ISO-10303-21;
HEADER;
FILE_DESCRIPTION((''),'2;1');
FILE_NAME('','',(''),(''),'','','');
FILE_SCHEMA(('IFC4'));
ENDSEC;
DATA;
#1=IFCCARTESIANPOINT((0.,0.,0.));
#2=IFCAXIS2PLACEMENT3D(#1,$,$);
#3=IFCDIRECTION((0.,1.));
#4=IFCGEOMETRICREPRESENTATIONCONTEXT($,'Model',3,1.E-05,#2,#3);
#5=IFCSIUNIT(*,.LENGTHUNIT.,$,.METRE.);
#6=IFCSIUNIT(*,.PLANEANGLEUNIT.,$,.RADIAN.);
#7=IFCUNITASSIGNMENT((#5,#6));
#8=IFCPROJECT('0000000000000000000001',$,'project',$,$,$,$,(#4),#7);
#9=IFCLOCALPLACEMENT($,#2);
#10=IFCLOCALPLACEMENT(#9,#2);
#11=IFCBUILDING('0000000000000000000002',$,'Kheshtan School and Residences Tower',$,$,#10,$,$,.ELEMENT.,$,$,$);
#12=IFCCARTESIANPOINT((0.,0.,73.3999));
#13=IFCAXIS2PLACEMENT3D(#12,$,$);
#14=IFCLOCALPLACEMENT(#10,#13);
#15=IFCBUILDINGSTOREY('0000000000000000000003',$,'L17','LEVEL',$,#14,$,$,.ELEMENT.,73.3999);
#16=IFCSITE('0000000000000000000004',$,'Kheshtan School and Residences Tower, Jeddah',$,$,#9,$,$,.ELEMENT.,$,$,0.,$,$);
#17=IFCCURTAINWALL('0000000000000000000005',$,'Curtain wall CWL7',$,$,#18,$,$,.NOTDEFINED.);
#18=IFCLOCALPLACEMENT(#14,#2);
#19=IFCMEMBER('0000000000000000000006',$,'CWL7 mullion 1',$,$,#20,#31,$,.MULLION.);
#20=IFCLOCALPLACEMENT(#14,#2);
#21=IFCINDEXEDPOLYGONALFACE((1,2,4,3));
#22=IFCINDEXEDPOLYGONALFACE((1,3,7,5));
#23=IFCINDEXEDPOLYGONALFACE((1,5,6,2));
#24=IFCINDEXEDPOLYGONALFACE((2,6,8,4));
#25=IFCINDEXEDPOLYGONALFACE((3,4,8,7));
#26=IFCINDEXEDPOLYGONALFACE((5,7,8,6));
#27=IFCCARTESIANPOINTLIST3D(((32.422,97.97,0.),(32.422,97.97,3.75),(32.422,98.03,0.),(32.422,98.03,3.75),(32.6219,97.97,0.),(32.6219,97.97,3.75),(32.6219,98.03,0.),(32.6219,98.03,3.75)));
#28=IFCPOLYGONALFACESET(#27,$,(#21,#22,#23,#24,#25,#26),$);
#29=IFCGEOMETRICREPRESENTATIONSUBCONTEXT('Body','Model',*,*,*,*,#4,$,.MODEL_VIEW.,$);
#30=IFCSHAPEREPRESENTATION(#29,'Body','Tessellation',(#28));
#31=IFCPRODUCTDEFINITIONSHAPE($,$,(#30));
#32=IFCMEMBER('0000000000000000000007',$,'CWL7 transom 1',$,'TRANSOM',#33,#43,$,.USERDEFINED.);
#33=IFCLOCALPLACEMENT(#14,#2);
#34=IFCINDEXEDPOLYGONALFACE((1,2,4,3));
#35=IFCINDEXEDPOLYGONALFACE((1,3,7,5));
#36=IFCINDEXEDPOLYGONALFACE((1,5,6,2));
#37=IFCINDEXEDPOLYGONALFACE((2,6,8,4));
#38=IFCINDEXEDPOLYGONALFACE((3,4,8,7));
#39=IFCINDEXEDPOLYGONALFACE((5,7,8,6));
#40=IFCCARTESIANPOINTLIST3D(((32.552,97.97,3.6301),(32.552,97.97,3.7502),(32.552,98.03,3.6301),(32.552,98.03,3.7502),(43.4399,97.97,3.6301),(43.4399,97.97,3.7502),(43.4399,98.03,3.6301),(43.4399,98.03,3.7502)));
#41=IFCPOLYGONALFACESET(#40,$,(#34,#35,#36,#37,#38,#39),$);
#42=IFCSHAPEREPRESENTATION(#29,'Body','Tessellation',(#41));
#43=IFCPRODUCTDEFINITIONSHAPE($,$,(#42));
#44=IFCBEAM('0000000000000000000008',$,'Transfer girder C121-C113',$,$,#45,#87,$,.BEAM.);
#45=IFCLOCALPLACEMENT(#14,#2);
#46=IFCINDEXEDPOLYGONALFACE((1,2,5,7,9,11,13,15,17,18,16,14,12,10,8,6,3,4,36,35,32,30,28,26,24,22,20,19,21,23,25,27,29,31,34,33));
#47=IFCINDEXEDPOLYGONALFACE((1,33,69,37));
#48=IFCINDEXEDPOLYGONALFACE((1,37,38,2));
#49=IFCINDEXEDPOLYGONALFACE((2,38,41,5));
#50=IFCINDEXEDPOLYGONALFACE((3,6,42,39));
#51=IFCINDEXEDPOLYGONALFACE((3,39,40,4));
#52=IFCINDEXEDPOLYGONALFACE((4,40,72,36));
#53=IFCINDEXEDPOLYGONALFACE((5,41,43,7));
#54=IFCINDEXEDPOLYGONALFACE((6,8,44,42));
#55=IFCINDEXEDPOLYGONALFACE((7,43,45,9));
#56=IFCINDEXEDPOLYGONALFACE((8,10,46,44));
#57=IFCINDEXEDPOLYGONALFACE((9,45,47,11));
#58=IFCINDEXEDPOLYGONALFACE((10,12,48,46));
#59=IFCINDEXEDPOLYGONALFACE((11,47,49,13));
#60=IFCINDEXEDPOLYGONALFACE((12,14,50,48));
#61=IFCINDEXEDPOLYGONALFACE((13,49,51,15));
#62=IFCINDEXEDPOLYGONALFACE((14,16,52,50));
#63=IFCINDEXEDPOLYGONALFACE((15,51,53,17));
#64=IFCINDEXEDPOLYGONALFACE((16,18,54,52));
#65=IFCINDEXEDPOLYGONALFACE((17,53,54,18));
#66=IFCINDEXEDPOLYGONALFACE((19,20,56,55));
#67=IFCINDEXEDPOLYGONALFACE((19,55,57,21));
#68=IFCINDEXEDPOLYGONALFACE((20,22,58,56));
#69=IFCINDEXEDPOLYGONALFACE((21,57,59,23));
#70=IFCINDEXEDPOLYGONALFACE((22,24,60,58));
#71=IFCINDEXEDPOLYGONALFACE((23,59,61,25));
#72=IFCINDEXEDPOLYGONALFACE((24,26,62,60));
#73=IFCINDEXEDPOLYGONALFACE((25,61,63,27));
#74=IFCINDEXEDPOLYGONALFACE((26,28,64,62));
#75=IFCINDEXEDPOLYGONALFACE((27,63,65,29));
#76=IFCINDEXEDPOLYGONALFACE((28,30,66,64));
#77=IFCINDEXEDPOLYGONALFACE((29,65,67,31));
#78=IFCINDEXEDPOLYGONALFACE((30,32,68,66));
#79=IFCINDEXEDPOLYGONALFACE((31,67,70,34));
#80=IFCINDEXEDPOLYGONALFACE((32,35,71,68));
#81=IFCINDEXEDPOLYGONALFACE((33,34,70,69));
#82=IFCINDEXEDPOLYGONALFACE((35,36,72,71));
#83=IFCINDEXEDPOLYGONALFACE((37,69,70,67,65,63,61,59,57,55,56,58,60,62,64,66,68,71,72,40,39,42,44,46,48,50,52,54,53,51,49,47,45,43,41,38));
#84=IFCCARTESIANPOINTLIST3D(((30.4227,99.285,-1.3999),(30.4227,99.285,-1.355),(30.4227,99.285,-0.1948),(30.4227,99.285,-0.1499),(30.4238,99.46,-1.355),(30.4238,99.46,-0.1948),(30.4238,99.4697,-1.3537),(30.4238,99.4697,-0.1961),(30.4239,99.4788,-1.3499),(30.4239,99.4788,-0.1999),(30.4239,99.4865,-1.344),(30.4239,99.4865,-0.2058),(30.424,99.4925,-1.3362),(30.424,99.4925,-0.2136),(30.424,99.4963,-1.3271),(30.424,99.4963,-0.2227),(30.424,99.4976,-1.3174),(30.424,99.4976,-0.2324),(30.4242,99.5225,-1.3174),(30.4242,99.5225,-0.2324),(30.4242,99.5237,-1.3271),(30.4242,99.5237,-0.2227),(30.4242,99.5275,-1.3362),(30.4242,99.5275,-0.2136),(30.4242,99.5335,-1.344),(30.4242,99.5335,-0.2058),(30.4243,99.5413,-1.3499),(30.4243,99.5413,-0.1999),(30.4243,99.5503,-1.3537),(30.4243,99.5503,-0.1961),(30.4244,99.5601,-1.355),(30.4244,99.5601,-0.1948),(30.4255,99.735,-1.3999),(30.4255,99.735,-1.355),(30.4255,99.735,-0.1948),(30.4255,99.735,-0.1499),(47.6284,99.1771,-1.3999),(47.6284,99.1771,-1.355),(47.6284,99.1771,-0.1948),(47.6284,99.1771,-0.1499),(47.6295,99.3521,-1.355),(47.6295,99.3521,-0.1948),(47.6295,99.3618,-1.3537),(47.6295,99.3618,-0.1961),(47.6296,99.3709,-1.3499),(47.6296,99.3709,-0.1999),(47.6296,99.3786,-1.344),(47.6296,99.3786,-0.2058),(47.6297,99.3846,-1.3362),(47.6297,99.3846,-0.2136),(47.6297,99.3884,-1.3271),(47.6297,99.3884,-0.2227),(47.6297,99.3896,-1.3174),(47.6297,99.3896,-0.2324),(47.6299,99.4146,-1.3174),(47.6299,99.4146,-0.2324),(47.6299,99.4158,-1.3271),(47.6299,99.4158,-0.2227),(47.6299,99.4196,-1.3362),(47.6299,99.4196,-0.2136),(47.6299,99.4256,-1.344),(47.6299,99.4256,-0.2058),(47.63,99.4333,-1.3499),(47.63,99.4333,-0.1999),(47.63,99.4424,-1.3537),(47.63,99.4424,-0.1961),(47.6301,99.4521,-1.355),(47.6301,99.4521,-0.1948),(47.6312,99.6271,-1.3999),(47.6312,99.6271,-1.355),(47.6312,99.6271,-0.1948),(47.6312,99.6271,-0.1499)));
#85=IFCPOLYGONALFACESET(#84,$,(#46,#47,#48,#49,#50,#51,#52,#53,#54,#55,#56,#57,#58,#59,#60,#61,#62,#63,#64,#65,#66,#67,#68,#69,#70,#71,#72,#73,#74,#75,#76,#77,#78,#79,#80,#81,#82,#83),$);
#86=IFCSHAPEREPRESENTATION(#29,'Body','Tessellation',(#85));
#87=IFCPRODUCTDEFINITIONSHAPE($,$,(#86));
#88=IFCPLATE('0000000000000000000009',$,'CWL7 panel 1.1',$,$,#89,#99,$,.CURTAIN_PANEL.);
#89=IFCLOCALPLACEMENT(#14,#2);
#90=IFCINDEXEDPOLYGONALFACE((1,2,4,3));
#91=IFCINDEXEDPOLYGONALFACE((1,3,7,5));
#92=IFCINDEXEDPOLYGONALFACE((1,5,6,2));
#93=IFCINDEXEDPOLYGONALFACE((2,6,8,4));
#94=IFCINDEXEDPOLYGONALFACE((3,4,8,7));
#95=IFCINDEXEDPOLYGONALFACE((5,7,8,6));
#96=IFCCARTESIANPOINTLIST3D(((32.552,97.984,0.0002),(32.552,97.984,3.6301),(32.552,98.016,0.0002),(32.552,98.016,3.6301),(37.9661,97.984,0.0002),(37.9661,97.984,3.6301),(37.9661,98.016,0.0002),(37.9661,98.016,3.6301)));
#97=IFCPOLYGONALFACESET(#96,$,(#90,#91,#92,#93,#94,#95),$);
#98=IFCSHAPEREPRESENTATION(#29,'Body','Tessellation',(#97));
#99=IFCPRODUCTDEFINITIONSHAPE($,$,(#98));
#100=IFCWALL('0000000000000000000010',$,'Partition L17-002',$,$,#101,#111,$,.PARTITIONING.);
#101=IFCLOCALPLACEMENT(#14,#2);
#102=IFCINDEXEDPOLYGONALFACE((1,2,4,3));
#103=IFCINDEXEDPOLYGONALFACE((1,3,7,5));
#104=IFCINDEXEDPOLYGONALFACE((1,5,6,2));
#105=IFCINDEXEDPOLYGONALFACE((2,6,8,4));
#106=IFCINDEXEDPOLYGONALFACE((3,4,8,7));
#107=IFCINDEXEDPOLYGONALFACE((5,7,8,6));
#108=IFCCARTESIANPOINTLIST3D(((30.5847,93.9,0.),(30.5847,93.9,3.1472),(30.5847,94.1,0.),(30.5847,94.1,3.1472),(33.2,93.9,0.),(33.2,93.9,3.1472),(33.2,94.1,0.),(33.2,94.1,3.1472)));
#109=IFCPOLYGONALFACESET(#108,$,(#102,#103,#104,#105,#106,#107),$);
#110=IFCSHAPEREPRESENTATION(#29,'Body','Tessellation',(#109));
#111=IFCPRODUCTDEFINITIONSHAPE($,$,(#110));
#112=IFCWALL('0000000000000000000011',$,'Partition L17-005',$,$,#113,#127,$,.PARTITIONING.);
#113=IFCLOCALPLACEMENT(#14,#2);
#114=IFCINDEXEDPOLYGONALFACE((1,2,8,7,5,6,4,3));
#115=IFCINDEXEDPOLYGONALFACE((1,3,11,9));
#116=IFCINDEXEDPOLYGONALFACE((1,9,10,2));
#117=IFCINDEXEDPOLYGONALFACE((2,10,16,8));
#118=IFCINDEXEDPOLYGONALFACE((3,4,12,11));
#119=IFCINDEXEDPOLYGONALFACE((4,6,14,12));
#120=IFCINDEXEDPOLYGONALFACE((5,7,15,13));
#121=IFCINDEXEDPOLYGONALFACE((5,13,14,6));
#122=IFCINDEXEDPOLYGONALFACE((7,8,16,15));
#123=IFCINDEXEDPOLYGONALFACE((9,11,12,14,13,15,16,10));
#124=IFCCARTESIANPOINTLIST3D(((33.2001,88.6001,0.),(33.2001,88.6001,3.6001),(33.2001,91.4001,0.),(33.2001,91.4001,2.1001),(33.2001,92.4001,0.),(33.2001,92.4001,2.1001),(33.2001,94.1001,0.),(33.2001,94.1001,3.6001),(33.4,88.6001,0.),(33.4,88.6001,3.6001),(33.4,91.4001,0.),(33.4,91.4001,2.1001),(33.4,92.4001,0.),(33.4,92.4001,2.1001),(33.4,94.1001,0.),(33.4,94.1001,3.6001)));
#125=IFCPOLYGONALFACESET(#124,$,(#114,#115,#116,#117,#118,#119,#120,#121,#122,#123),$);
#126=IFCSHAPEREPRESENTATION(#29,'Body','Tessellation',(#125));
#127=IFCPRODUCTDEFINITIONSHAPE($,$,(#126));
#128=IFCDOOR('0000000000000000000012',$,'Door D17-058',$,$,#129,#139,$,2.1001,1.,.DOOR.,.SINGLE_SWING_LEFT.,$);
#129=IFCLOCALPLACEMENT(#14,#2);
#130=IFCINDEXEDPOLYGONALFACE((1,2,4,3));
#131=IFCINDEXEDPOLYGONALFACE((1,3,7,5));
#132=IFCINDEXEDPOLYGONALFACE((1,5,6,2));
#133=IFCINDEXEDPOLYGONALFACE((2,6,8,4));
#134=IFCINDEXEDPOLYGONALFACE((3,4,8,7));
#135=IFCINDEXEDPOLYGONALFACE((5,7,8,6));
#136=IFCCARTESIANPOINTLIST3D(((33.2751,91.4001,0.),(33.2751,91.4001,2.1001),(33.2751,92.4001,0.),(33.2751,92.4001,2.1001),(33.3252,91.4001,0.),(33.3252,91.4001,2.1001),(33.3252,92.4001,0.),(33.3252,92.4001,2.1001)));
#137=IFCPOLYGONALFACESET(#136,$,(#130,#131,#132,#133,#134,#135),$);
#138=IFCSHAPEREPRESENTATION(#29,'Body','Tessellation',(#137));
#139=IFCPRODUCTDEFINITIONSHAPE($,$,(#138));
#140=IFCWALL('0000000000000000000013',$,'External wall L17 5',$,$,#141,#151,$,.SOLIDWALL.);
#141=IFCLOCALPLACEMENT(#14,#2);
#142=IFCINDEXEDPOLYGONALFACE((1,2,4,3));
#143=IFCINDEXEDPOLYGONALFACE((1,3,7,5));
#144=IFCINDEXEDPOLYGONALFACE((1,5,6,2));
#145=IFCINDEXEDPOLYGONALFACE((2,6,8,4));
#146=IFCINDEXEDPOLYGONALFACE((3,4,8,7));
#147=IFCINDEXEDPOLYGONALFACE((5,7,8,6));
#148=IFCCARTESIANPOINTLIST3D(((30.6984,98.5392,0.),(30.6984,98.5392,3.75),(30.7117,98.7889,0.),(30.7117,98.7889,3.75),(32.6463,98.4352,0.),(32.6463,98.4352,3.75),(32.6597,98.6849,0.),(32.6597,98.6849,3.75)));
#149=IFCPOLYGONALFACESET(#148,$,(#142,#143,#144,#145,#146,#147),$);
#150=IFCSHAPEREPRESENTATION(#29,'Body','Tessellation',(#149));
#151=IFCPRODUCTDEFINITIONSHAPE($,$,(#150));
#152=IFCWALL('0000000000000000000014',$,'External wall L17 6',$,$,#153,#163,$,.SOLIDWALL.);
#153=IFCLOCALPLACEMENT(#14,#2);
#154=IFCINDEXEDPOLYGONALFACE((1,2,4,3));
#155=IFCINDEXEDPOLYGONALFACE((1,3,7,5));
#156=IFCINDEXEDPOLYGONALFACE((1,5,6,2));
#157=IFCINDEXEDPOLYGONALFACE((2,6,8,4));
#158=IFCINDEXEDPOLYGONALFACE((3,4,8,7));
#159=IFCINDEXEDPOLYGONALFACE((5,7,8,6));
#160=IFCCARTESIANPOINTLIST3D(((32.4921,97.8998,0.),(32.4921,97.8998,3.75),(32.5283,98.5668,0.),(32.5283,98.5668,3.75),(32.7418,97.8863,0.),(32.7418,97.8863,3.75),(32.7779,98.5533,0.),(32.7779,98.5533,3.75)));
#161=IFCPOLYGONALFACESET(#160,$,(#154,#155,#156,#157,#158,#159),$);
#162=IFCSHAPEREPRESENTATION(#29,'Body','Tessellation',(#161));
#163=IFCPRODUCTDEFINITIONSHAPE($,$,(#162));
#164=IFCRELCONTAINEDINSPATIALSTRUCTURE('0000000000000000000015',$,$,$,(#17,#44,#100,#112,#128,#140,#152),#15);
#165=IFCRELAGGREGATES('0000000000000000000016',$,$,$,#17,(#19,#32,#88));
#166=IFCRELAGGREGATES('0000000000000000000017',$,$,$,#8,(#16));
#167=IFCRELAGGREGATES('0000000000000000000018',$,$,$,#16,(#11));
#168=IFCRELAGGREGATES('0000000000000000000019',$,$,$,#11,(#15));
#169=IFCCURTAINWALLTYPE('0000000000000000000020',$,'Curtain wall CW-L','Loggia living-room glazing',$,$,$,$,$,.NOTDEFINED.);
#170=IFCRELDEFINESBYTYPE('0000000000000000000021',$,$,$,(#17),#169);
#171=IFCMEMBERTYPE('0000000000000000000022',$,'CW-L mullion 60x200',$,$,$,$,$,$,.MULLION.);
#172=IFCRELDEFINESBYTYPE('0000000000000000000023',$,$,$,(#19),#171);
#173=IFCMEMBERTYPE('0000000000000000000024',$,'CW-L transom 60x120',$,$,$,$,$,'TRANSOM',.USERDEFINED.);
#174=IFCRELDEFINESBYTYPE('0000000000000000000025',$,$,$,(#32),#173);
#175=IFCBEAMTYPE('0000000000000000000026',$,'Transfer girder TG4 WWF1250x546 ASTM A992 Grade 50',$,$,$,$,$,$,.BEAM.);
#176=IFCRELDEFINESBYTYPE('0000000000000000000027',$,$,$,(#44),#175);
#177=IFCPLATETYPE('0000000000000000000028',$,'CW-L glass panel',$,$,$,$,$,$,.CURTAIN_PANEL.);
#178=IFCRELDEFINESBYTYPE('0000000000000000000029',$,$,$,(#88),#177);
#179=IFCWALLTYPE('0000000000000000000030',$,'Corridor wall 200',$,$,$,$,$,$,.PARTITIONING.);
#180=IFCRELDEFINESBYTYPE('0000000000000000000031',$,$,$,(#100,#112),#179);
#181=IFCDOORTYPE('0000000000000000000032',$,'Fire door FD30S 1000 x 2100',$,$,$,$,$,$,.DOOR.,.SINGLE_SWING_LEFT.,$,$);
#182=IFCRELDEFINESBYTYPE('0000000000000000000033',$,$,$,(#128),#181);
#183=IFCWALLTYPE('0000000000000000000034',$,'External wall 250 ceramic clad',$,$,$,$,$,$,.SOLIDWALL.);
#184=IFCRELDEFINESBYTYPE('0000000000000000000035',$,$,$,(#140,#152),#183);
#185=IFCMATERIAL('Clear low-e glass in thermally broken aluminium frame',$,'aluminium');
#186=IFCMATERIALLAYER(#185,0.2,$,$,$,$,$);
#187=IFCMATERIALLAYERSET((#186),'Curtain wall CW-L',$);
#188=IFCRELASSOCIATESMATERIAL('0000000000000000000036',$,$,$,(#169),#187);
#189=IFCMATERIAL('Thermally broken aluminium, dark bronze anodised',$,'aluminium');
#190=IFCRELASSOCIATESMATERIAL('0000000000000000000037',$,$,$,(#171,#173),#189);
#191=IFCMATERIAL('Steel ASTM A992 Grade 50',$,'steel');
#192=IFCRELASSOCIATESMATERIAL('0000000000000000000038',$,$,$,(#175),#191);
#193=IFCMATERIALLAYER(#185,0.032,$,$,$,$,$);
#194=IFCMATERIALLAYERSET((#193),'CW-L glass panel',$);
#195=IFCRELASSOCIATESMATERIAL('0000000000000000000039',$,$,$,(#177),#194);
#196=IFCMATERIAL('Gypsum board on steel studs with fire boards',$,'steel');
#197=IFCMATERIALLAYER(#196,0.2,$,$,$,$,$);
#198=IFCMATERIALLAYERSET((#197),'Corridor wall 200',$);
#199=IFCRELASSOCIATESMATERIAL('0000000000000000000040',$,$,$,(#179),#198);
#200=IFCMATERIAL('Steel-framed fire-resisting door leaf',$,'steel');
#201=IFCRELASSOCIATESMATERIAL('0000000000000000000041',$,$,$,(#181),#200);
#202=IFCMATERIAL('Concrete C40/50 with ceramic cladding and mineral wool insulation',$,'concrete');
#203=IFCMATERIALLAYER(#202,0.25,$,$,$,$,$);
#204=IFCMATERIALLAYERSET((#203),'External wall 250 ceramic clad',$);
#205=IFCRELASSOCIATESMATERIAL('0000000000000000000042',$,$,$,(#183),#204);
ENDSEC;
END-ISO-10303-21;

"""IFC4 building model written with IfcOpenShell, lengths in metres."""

from ifc_helpers import new_model, si_unit, direction, frame, frame_2d, origin, origin_2d, place, context, subcontext, project, spatial, rectangle, i_section, extrude, source, transform, mapped, material, layer, layer_set, material_profile, profile_set, type_object, element, fill, aggregate, save


model = new_model("IFC4")

# Units and contexts
model_context = context("Model", 3, precision=1e-05, world=origin(), true_north=direction((0.0, 1.0)))
body_context = subcontext(model_context, "Body", "Model", "MODEL_VIEW")
ifc_project = project(units=[si_unit("LENGTHUNIT", "METRE"), si_unit("PLANEANGLEUNIT", "RADIAN")], contexts=[model_context])

# Site, building, storey
site_placement = place(None, origin())
site = spatial("IfcSite", under=ifc_project, at=site_placement, Name="Kheshtan School and Residences Tower, Jeddah", CompositionType="ELEMENT", RefElevation=0.0)
building_placement = place(site_placement, origin())
building = spatial("IfcBuilding", under=site, at=building_placement, Name="Kheshtan School and Residences Tower", CompositionType="ELEMENT")
storey_placement = place(building_placement, frame((0.0, 0.0, 73.3999)))
storey = spatial("IfcBuildingStorey", under=building, at=storey_placement, Name="L17", Description="LEVEL", CompositionType="ELEMENT", Elevation=73.3999)

# Shared definitions
ifc_material_1 = material(Name="Steel ASTM A992 Grade 50", Category="steel")

# Curtain wall, members
ifc_material_2 = material(Name="Clear low-e glass in thermally broken aluminium frame", Category="aluminium")
ifc_layer_1 = layer(ifc_material_2, 0.2)
ifc_layer_set_1 = layer_set([ifc_layer_1], Name="Curtain wall CW-L")
curtain_wall_type = type_object("IfcCurtainWallType", Name="Curtain wall CW-L", Description="Loggia living-room glazing", PredefinedType="NOTDEFINED", material=ifc_layer_set_1)
curtain_wall_placement = place(storey_placement, origin())
curtain_wall = element("IfcCurtainWall", 1, at=curtain_wall_placement, inside=storey, type_object=curtain_wall_type, Name="Curtain wall CWL7", PredefinedType="NOTDEFINED")
ifc_material_3 = material(Name="Thermally broken aluminium, dark bronze anodised", Category="aluminium")
ifc_material_profile_1 = material_profile(ifc_material_3, rectangle(XDim=0.0601, YDim=0.2, at=origin_2d()), Name="CW-L mullion 60x200")
ifc_profile_set_1 = profile_set([ifc_material_profile_1], Name="Thermally broken aluminium, dark bronze anodised")
member_type_1 = type_object("IfcMemberType", Name="CW-L mullion 60x200", PredefinedType="MULLION", material=ifc_profile_set_1)
member_1_placement = place(storey_placement, frame((32.522, 98.0, 0.0), z_axis=(0.0, 0.0, 1.0), x_axis=(0.0, 1.0, 0.0)))
member_1 = element("IfcMember", 2, at=member_1_placement, type_object=member_type_1, Name="CWL7 mullion 1", PredefinedType="MULLION", context=body_context, shape_type="SweptSolid", body=[
    extrude(rectangle(XDim=0.0601, YDim=0.2, at=origin_2d()), origin(), (0.0, 0.0, 1.0), 3.75),
])
ifc_material_profile_2 = material_profile(ifc_material_3, rectangle(XDim=0.0601, YDim=0.1201, at=origin_2d()), Name="CW-L transom 60x120")
ifc_profile_set_2 = profile_set([ifc_material_profile_2], Name="Thermally broken aluminium, dark bronze anodised")
member_type_2 = type_object("IfcMemberType", Name="CW-L transom 60x120", ElementType="TRANSOM", PredefinedType="USERDEFINED", material=ifc_profile_set_2)
member_2_placement = place(storey_placement, frame((32.552, 98.0, 3.6902), z_axis=(1.0, 0.0, 0.0), x_axis=(0.0, 1.0, 0.0)))
member_2 = element("IfcMember", 3, at=member_2_placement, type_object=member_type_2, Name="CWL7 transom 1", ObjectType="TRANSOM", PredefinedType="USERDEFINED", context=body_context, shape_type="SweptSolid", body=[
    extrude(rectangle(XDim=0.0601, YDim=0.1201, at=origin_2d()), origin(), (0.0, 0.0, 1.0), 10.8879),
])

# Beam
ifc_material_profile_3 = material_profile(ifc_material_1, i_section(OverallWidth=0.45, OverallDepth=1.25, WebThickness=0.0249, FlangeThickness=0.0449, FilletRadius=0.0376, at=origin_2d()), Name="WWF1250x546")
ifc_profile_set_3 = profile_set([ifc_material_profile_3], Name="Steel ASTM A992 Grade 50")
beam_type_1 = type_object("IfcBeamType", Name="Transfer girder TG4 WWF1250x546 ASTM A992 Grade 50", PredefinedType="BEAM", material=ifc_profile_set_3)
beam_1_placement = place(storey_placement, frame((30.4241, 99.51, -0.7749), z_axis=(0.99998, -0.006272, 0.0), x_axis=(0.006272, 0.99998, 0.0)))
element("IfcBeam", 4, at=beam_1_placement, inside=storey, type_object=beam_type_1, Name="Transfer girder C121-C113", PredefinedType="BEAM", context=body_context, shape_type="SweptSolid", body=[
    extrude(i_section(OverallWidth=0.45, OverallDepth=1.25, WebThickness=0.0249, FlangeThickness=0.0449, FilletRadius=0.0376, at=origin_2d()), origin(), (0.0, 0.0, 1.0), 17.2061),
])

# Plate
ifc_layer_2 = layer(ifc_material_2, 0.032)
ifc_layer_set_2 = layer_set([ifc_layer_2], Name="CW-L glass panel")
plate_type = type_object("IfcPlateType", Name="CW-L glass panel", PredefinedType="CURTAIN_PANEL", material=ifc_layer_set_2)
plate_placement = place(storey_placement, frame((35.259, 98.0, 0.0002), z_axis=(0.0, 0.0, 1.0), x_axis=(1.0, 0.0, 0.0)))
plate = element("IfcPlate", 5, at=plate_placement, type_object=plate_type, Name="CWL7 panel 1.1", PredefinedType="CURTAIN_PANEL", context=body_context, shape_type="SweptSolid", body=[
    extrude(rectangle(XDim=5.4141, YDim=0.032, at=origin_2d()), origin(), (0.0, 0.0, 1.0), 3.6299),
])
aggregate(curtain_wall, [member_1, member_2, plate])

# Wall
ifc_material_4 = material(Name="Gypsum board on steel studs with fire boards", Category="steel")
ifc_layer_3 = layer(ifc_material_4, 0.2)
ifc_layer_set_3 = layer_set([ifc_layer_3], Name="Corridor wall 200")
wall_type_1 = type_object("IfcWallType", Name="Corridor wall 200", PredefinedType="PARTITIONING", material=ifc_layer_set_3)
wall_1_placement = place(storey_placement, frame((30.5847, 94.0, 0.0), z_axis=(0.0, 0.0, 1.0), x_axis=(1.0, 0.0, 0.0)))
element("IfcWall", 6, at=wall_1_placement, inside=storey, type_object=wall_type_1, Name="Partition L17-002", PredefinedType="PARTITIONING", context=body_context, shape_type="SweptSolid", body=[
    extrude(rectangle(XDim=2.6152, YDim=0.2, at=frame_2d((1.3076, 0.0))), origin(), (0.0, 0.0, 1.0), 3.1472),
])

# Wall, opening, door
wall_2_placement = place(storey_placement, frame((33.3, 88.6001, 0.0), z_axis=(0.0, 0.0, 1.0), x_axis=(0.0, 1.0, 0.0)))
wall_2 = element("IfcWall", 7, at=wall_2_placement, inside=storey, type_object=wall_type_1, Name="Partition L17-005", PredefinedType="PARTITIONING", context=body_context, shape_type="SweptSolid", body=[
    extrude(rectangle(XDim=5.5, YDim=0.2, at=frame_2d((2.75, 0.0))), origin(), (0.0, 0.0, 1.0), 3.6001),
])
opening_1_placement = place(wall_2_placement, frame((2.8, 0.0, 0.0)))
opening_1 = element("IfcOpeningElement", 8, at=opening_1_placement, cuts=wall_2, PredefinedType="OPENING", context=body_context, shape_type="SweptSolid", body=[
    extrude(rectangle(XDim=1.0, YDim=2.1001, at=frame_2d((0.5, 1.05))), frame((0.0, 0.1099, 0.0), z_axis=(0.0, -1.0, 0.0), x_axis=(1.0, 0.0, 0.0)), (0.0, 0.0, 1.0), 0.22),
])
ifc_material_5 = material(Name="Steel-framed fire-resisting door leaf", Category="steel")
door_type_1 = type_object("IfcDoorType", Name="Fire door FD30S 1000 x 2100", OperationType="SINGLE_SWING_LEFT", PredefinedType="DOOR", material=ifc_material_5)
shared_shape_1 = source(origin(), body_context, "Body", "SweptSolid", [
    extrude(rectangle(XDim=1.0, YDim=2.1001, at=frame_2d((0.5, 1.05))), frame((0.0, 0.0249, 0.0), z_axis=(0.0, -1.0, 0.0), x_axis=(1.0, 0.0, 0.0)), (0.0, 0.0, 1.0), 0.05),
])
door_1_placement = place(opening_1_placement, origin())
door_1 = element("IfcDoor", 9, at=door_1_placement, inside=storey, type_object=door_type_1, Name="Door D17-058", OperationType="SINGLE_SWING_LEFT", OverallHeight=2.1001, OverallWidth=1.0, PredefinedType="DOOR", context=body_context, shape_type="MappedRepresentation", body=[
    mapped(shared_shape_1, transform((0.0, 0.0, 0.0), x_axis=(1.0, 0.0, 0.0), y_axis=(0.0, 1.0, 0.0), z_axis=(0.0, 0.0, 1.0), scale=1.0)),
])
fill(opening_1, door_1)

# Walls
ifc_material_6 = material(Name="Concrete C40/50 with ceramic cladding and mineral wool insulation", Category="concrete")
ifc_layer_4 = layer(ifc_material_6, 0.25)
ifc_layer_set_4 = layer_set([ifc_layer_4], Name="External wall 250 ceramic clad")
wall_type_2 = type_object("IfcWallType", Name="External wall 250 ceramic clad", PredefinedType="SOLIDWALL", material=ifc_layer_set_4)
wall_3_placement = place(storey_placement, frame((30.7051, 98.6641, 0.0), z_axis=(0.0, 0.0, 1.0), x_axis=(0.998578, -0.053314, 0.0)))
element("IfcWall", 10, at=wall_3_placement, inside=storey, type_object=wall_type_2, Name="External wall L17 5", PredefinedType="SOLIDWALL", context=body_context, shape_type="SweptSolid", body=[
    extrude(rectangle(XDim=1.9507, YDim=0.25, at=frame_2d((0.9753, 0.0))), origin(), (0.0, 0.0, 1.0), 3.75),
])
wall_4_placement = place(storey_placement, frame((32.6531, 98.5601, 0.0), z_axis=(0.0, 0.0, 1.0), x_axis=(-0.054093, -0.998536, 0.0)))
element("IfcWall", 11, at=wall_4_placement, inside=storey, type_object=wall_type_2, Name="External wall L17 6", PredefinedType="SOLIDWALL", context=body_context, shape_type="SweptSolid", body=[
    extrude(rectangle(XDim=0.668, YDim=0.25, at=frame_2d((0.334, 0.0))), origin(), (0.0, 0.0, 1.0), 3.75),
])

save(model, "model.ifc")
